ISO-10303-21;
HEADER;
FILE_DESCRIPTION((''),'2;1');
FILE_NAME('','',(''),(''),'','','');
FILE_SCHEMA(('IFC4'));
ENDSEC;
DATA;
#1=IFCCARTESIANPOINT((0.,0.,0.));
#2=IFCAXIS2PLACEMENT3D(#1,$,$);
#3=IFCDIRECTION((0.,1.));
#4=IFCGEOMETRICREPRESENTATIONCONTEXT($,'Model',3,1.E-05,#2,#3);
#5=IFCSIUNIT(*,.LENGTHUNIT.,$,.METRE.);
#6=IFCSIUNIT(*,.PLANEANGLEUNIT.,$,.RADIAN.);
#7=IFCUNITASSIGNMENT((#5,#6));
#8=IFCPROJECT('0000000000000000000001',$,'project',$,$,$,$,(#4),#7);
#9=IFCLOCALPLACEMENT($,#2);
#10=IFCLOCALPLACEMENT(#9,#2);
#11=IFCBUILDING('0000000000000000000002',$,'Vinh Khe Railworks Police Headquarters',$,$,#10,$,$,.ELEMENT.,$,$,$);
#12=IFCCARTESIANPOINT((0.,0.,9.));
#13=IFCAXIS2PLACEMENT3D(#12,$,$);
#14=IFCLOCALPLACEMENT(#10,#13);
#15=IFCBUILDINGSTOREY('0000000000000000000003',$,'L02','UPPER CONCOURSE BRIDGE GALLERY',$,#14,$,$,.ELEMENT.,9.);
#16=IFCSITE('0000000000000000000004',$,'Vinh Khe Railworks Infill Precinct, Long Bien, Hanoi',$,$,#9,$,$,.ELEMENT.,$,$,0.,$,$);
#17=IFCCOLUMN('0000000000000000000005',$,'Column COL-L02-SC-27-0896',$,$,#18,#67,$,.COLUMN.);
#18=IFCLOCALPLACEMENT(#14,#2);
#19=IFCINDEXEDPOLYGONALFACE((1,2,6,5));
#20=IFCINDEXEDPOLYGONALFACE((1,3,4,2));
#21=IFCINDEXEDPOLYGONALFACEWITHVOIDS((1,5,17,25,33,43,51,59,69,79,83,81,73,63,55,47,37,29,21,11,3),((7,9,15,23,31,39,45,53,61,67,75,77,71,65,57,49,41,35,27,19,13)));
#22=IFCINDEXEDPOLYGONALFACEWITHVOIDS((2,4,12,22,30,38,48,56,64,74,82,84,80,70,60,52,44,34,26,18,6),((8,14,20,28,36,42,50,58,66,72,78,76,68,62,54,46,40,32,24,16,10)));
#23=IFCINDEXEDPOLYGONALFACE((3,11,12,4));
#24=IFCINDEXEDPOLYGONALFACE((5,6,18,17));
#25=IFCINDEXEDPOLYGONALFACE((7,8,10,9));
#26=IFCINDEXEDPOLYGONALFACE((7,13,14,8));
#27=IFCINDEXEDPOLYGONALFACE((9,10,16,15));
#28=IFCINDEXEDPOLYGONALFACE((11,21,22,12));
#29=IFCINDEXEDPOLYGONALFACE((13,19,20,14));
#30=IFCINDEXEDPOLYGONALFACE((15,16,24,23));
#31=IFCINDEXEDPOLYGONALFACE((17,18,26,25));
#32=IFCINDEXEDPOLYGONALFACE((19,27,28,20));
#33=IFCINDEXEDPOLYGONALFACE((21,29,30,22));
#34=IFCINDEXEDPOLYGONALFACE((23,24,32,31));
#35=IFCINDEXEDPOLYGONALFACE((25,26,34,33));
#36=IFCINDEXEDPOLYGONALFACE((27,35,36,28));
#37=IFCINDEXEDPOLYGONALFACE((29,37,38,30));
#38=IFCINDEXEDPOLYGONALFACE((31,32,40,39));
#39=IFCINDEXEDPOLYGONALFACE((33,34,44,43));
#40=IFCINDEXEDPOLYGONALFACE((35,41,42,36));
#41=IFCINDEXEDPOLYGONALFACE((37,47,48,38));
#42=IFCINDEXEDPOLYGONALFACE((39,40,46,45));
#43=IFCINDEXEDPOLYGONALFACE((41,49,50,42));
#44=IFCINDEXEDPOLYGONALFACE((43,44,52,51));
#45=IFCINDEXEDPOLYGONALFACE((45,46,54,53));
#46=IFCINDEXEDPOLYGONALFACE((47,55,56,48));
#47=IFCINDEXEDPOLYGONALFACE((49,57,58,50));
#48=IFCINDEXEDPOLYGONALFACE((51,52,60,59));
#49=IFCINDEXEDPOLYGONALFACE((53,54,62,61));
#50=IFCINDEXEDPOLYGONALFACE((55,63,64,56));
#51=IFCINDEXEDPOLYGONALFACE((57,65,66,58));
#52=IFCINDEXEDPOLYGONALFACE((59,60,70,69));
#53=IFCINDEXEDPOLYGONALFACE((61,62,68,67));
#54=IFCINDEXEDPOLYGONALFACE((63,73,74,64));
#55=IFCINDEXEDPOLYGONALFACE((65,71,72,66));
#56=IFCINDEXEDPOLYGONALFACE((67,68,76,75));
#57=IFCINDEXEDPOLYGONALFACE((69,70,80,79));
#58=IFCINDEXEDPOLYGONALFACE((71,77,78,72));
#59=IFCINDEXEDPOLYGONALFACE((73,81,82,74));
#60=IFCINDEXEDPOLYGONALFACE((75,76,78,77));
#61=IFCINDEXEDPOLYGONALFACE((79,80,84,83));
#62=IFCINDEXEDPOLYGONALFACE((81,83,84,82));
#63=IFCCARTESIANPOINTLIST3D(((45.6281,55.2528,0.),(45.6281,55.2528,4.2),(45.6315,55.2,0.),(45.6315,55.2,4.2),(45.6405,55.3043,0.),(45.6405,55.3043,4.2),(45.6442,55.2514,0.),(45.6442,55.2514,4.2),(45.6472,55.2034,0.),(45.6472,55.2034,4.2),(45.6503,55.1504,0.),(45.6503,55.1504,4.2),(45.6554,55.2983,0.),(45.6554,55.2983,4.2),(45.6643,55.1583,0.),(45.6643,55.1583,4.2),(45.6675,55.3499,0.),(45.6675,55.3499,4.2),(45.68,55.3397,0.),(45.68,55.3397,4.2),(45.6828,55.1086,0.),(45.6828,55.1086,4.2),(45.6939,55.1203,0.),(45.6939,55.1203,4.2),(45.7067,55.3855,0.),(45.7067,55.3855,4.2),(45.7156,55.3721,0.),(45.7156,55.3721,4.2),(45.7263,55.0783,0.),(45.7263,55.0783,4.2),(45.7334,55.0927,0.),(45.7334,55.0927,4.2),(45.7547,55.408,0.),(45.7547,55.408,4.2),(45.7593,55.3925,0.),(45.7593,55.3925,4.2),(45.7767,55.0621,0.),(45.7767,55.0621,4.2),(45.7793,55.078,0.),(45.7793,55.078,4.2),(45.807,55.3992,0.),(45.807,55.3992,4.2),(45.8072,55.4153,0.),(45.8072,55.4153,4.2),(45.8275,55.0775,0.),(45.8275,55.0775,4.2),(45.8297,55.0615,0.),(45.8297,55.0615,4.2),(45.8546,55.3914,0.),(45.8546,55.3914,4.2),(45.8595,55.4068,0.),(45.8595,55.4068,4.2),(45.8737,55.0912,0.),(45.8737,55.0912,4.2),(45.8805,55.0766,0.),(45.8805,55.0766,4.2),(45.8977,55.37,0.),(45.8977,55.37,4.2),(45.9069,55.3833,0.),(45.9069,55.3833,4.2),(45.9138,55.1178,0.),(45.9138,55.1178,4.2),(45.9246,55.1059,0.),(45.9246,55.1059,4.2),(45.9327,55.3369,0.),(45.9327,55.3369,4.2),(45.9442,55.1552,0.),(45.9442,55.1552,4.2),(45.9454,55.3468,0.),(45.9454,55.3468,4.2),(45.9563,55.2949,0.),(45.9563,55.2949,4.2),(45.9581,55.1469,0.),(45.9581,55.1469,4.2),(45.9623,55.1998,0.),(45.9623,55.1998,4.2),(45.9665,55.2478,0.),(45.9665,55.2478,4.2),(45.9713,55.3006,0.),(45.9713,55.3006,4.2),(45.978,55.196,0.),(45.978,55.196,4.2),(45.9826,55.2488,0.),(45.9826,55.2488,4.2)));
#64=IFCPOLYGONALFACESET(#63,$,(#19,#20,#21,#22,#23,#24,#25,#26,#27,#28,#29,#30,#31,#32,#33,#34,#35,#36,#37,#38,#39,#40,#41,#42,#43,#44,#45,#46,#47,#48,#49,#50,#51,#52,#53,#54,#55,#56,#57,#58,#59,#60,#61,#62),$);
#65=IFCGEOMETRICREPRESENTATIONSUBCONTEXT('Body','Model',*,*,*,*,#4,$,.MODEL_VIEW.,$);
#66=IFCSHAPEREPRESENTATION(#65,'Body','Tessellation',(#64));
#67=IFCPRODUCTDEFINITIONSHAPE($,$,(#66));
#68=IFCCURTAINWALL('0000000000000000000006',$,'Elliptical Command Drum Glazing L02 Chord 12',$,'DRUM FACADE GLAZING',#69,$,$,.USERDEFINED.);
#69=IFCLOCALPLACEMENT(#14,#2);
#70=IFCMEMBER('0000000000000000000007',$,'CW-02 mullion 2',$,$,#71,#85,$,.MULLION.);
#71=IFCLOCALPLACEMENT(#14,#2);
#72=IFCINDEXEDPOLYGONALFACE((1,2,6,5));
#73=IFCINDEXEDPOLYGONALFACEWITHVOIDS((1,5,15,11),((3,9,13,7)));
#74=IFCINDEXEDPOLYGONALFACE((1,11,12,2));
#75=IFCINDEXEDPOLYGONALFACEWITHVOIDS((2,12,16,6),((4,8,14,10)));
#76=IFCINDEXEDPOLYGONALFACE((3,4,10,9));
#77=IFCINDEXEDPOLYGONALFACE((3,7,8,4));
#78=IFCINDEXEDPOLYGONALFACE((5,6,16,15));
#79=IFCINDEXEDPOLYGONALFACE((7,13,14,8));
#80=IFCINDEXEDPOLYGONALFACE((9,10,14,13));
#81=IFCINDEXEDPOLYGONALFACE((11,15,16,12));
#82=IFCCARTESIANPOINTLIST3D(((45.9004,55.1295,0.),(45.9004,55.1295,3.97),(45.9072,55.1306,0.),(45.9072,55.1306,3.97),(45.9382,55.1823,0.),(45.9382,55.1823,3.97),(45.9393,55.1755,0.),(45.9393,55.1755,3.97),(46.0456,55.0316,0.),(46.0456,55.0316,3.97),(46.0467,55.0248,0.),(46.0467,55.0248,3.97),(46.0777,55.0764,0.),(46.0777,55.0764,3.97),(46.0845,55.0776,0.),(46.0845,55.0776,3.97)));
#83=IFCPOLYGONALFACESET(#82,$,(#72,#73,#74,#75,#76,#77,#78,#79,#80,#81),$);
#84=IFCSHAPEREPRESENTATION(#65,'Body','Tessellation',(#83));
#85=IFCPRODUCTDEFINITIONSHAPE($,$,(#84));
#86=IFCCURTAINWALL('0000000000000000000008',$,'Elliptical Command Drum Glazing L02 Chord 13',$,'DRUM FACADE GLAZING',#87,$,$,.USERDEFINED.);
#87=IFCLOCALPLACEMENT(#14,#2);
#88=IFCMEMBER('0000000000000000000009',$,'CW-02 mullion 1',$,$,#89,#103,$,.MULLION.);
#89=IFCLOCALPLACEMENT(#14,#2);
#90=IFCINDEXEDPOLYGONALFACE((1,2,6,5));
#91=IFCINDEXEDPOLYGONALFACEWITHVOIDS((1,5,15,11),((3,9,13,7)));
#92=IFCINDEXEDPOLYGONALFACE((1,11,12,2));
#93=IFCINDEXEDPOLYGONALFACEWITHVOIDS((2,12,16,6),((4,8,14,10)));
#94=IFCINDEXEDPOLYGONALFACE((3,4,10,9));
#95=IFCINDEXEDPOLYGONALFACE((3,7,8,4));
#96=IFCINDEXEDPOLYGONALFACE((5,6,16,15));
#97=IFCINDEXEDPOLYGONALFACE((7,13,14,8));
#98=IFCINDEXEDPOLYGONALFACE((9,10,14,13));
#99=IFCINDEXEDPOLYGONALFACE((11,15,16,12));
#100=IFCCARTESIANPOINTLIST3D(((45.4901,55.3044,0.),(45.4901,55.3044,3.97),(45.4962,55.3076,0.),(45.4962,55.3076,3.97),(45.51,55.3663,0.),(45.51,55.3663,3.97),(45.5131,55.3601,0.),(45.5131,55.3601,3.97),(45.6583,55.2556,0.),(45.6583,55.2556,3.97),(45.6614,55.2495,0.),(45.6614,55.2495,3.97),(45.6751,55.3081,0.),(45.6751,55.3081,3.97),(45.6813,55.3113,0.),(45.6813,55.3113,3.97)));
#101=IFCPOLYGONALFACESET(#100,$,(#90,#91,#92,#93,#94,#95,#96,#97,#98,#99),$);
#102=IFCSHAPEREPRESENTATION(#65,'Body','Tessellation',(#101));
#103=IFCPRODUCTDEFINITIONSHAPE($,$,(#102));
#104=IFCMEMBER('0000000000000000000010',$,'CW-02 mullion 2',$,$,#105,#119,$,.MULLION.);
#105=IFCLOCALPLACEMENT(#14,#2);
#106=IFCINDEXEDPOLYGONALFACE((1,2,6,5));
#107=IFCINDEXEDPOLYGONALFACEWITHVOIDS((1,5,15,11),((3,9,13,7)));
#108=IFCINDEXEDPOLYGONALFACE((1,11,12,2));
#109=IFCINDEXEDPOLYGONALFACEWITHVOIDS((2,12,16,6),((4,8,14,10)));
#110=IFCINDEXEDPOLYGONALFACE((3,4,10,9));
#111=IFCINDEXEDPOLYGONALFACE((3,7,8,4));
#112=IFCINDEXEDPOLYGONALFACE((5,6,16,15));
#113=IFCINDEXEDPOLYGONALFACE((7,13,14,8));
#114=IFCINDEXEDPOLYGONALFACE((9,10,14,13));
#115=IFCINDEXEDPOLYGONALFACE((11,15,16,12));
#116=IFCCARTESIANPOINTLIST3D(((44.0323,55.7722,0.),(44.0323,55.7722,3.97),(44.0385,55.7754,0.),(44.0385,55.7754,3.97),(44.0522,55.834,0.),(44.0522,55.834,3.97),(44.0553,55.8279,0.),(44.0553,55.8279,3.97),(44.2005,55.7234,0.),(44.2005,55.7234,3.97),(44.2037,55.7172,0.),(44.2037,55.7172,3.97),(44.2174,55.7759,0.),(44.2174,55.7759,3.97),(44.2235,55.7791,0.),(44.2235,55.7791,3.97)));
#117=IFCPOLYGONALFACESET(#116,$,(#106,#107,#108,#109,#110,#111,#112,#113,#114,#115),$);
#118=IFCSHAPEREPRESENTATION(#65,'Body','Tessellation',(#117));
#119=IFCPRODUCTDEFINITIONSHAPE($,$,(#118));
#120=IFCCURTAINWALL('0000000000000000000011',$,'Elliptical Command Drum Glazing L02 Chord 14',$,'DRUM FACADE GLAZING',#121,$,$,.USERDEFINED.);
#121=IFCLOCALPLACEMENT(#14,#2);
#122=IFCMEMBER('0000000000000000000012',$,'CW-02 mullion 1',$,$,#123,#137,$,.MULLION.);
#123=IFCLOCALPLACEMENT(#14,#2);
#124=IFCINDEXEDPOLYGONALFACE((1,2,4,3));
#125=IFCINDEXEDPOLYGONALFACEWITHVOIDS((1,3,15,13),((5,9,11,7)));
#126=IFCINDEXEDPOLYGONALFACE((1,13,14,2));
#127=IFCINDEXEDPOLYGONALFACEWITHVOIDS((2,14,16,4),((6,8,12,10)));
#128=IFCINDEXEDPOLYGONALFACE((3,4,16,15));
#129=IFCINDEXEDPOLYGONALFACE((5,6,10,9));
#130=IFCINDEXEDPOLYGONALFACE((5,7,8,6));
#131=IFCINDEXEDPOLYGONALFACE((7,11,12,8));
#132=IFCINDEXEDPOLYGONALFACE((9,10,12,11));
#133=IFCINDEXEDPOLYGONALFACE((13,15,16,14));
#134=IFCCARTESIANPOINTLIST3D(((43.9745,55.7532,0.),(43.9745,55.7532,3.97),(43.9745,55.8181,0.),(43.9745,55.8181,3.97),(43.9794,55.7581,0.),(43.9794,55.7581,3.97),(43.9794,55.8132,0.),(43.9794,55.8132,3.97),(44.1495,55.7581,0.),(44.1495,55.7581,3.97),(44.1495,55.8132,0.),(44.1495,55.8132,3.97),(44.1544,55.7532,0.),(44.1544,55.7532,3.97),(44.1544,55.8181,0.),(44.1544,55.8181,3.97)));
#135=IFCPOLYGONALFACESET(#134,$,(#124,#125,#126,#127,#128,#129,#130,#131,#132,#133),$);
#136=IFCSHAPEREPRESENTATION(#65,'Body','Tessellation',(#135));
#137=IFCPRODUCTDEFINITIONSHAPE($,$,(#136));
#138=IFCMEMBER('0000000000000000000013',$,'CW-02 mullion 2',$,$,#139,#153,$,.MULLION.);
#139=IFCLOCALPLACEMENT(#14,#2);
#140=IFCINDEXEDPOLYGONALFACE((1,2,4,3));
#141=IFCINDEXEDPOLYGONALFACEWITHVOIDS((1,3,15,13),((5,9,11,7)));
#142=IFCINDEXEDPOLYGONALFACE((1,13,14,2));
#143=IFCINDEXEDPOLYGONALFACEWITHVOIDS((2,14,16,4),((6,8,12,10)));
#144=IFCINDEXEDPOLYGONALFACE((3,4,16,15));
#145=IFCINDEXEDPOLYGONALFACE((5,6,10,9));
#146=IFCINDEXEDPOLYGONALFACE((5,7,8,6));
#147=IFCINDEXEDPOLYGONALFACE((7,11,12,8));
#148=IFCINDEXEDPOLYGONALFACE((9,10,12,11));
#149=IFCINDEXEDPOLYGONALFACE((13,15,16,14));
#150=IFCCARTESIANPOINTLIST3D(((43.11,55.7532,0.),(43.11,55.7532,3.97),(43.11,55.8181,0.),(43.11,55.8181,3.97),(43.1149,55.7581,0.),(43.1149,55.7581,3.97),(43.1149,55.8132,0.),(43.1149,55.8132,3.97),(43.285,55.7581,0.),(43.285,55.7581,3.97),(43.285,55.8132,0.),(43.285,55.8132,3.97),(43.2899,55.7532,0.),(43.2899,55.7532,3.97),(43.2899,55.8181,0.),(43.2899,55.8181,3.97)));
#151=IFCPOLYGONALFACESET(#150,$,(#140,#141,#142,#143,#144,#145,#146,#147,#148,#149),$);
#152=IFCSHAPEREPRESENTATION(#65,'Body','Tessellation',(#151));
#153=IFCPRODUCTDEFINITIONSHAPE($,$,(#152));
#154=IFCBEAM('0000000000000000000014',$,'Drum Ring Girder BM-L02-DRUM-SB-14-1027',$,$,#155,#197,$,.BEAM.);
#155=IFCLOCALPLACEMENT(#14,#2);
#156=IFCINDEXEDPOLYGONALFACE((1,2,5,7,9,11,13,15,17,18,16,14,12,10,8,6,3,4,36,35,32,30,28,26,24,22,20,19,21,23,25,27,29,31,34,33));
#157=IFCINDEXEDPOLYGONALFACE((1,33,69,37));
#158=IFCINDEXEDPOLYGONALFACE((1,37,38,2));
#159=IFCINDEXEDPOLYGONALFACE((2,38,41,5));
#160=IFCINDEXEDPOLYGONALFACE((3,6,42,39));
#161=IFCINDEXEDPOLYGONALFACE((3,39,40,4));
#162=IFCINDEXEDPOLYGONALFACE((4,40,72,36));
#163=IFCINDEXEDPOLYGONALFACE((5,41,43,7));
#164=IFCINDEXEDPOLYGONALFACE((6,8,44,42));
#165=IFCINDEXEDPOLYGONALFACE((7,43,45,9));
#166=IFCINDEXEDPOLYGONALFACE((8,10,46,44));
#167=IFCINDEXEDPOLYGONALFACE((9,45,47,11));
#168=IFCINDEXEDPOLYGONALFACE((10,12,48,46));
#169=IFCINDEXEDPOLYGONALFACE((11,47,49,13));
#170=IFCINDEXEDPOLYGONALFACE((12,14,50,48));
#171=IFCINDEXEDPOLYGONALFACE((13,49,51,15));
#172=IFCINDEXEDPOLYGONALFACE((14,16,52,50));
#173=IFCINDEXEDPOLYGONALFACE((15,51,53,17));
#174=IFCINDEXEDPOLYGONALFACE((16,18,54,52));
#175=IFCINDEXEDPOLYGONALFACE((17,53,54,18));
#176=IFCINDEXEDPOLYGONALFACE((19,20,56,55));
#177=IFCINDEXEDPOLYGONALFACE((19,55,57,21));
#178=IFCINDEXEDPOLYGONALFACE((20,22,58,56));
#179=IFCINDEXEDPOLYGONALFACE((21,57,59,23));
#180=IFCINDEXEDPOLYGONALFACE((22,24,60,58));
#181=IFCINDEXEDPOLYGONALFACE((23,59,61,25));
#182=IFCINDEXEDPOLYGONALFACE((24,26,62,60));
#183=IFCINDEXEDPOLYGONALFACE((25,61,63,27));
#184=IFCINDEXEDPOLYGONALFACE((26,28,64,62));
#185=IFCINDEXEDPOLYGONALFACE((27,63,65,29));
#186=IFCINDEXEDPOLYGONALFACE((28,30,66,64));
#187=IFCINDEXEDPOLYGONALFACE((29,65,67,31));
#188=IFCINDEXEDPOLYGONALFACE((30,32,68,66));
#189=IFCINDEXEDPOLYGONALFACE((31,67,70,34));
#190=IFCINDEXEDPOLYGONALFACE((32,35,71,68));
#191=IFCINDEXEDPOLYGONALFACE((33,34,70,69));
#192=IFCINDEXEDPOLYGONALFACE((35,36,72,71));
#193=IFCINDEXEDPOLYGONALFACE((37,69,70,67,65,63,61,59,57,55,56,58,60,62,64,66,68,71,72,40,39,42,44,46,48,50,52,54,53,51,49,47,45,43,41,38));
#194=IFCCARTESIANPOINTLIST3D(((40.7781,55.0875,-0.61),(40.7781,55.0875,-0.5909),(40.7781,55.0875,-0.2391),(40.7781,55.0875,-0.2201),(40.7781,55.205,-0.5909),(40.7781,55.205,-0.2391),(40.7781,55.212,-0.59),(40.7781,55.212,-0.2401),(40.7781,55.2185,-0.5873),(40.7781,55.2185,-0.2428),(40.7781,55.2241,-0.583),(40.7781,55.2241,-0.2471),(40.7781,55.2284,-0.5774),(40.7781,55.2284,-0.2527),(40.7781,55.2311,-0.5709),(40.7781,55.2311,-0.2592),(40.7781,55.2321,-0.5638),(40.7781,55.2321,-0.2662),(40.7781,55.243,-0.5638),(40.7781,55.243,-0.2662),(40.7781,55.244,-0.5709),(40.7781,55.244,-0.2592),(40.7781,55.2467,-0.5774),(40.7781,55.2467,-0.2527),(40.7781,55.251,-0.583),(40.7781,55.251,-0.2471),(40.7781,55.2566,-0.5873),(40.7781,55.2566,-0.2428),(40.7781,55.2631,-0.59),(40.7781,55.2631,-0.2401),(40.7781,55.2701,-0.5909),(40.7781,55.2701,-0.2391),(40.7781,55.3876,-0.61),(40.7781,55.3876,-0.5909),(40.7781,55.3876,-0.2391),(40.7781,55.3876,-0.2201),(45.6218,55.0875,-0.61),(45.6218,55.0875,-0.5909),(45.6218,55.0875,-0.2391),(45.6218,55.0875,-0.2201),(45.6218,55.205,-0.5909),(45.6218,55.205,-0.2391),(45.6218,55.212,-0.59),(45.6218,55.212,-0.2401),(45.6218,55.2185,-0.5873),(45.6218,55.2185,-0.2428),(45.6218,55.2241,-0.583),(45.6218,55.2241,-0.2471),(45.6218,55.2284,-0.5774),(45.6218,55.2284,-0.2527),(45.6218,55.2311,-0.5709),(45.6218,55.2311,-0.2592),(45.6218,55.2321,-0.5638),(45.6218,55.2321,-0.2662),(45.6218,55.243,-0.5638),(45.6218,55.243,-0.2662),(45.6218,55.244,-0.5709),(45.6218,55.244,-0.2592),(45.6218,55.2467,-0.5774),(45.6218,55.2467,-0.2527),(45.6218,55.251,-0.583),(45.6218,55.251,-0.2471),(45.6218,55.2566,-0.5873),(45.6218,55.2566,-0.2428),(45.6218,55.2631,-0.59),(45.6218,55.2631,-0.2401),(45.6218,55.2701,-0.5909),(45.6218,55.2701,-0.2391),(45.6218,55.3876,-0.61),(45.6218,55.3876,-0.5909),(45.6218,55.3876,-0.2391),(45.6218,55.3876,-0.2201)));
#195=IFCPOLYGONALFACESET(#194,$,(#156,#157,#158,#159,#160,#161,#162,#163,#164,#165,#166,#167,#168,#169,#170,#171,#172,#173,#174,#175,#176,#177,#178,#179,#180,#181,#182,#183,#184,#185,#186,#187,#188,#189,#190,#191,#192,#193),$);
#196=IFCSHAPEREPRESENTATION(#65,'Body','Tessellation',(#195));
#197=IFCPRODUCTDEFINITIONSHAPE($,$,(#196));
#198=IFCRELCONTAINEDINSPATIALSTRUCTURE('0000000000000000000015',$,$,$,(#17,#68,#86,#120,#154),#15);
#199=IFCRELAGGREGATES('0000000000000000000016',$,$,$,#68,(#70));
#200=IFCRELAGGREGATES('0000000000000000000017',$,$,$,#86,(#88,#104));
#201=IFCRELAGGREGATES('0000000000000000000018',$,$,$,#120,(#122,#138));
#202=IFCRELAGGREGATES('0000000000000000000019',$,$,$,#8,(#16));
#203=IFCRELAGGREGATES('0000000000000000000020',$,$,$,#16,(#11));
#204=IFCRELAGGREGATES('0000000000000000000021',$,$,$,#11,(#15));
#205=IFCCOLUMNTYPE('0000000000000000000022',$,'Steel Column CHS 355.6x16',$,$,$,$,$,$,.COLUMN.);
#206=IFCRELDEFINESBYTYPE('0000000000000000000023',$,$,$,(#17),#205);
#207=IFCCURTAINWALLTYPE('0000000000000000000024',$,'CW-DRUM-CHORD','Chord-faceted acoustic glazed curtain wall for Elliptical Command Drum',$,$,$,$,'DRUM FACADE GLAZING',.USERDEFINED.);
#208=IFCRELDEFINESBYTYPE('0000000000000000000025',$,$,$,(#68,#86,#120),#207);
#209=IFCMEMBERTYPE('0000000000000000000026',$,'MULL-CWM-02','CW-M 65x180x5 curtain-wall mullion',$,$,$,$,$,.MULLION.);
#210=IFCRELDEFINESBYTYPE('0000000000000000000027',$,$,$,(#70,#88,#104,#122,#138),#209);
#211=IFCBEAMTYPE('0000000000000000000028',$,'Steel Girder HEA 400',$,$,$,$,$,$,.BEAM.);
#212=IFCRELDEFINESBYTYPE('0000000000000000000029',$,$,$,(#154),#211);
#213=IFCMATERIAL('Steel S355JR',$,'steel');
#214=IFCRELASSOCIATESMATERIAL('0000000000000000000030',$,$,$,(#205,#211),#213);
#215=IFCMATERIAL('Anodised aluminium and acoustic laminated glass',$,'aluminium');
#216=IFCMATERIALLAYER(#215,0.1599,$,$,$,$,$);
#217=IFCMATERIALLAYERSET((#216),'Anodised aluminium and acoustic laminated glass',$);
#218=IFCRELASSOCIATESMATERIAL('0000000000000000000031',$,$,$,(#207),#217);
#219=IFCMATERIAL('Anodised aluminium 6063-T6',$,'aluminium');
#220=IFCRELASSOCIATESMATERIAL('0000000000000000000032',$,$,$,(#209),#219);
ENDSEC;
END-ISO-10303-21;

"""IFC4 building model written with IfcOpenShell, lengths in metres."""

from ifc_helpers import new_model, si_unit, direction, frame, origin, origin_2d, place, context, subcontext, project, spatial, hollow_rectangle, hollow_circle, i_section, extrude, material, layer, layer_set, material_profile, profile_set, type_object, element, aggregate, save


model = new_model("IFC4")

# Units and contexts
model_context = context("Model", 3, precision=1e-05, world=origin(), true_north=direction((0.0, 1.0)))
body_context = subcontext(model_context, "Body", "Model", "MODEL_VIEW")
ifc_project = project(units=[si_unit("LENGTHUNIT", "METRE"), si_unit("PLANEANGLEUNIT", "RADIAN")], contexts=[model_context])

# Site, building, storey
site_placement = place(None, origin())
site = spatial("IfcSite", under=ifc_project, at=site_placement, Name="Vinh Khe Railworks Infill Precinct, Long Bien, Hanoi", CompositionType="ELEMENT", RefElevation=0.0)
building_placement = place(site_placement, origin())
building = spatial("IfcBuilding", under=site, at=building_placement, Name="Vinh Khe Railworks Police Headquarters", CompositionType="ELEMENT")
storey_placement = place(building_placement, frame((0.0, 0.0, 9.0)))
storey = spatial("IfcBuildingStorey", under=building, at=storey_placement, Name="L02", Description="UPPER CONCOURSE BRIDGE GALLERY", CompositionType="ELEMENT", Elevation=9.0)

# Column
ifc_material_1 = material(Name="Steel S355JR", Category="steel")
ifc_material_profile_1 = material_profile(ifc_material_1, hollow_circle(Radius=0.1777, WallThickness=0.0161, at=origin_2d()), Name="CHS 355.6x16")
ifc_profile_set_1 = profile_set([ifc_material_profile_1], Name="Steel S355JR")
column_type = type_object("IfcColumnType", Name="Steel Column CHS 355.6x16", PredefinedType="COLUMN", material=ifc_profile_set_1)
column_placement = place(storey_placement, frame((45.8052, 55.2375, 0.0), z_axis=(0.0, 0.0, 1.0), x_axis=(0.305529, 0.952183, 0.0)))
element("IfcColumn", 1, at=column_placement, inside=storey, type_object=column_type, Name="Column COL-L02-SC-27-0896", PredefinedType="COLUMN", context=body_context, shape_type="SweptSolid", body=[
    extrude(hollow_circle(Radius=0.1777, WallThickness=0.0161, at=origin_2d()), origin(), (0.0, 0.0, 1.0), 4.2),
])

# Curtain wall, member
ifc_material_2 = material(Name="Anodised aluminium and acoustic laminated glass", Category="aluminium")
ifc_layer_1 = layer(ifc_material_2, 0.1599)
ifc_layer_set_1 = layer_set([ifc_layer_1], Name="Anodised aluminium and acoustic laminated glass")
curtain_wall_type = type_object("IfcCurtainWallType", Name="CW-DRUM-CHORD", Description="Chord-faceted acoustic glazed curtain wall for Elliptical Command Drum", ElementType="DRUM FACADE GLAZING", PredefinedType="USERDEFINED", material=ifc_layer_set_1)
curtain_wall_1_placement = place(storey_placement, origin())
curtain_wall_1 = element("IfcCurtainWall", 2, at=curtain_wall_1_placement, inside=storey, type_object=curtain_wall_type, Name="Elliptical Command Drum Glazing L02 Chord 12", ObjectType="DRUM FACADE GLAZING", PredefinedType="USERDEFINED")
ifc_material_3 = material(Name="Anodised aluminium 6063-T6", Category="aluminium")
ifc_material_profile_2 = material_profile(ifc_material_3, hollow_rectangle(XDim=0.0649, YDim=0.1799, WallThickness=0.0049, at=origin_2d()), Name="CW-M 65x180x5")
ifc_profile_set_2 = profile_set([ifc_material_profile_2], Name="Anodised aluminium 6063-T6")
member_type_1 = type_object("IfcMemberType", Name="MULL-CWM-02", Description="CW-M 65x180x5 curtain-wall mullion", PredefinedType="MULLION", material=ifc_profile_set_2)
member_1_placement = place(storey_placement, frame((45.9924, 55.1035, 0.0), z_axis=(0.0, 0.0, 1.0), x_axis=(-0.581915, -0.813249, 0.0)))
member_1 = element("IfcMember", 3, at=member_1_placement, type_object=member_type_1, Name="CW-02 mullion 2", PredefinedType="MULLION", context=body_context, shape_type="SweptSolid", body=[
    extrude(hollow_rectangle(XDim=0.0649, YDim=0.1799, WallThickness=0.0049, at=origin_2d()), origin(), (0.0, 0.0, 1.0), 3.97),
])
aggregate(curtain_wall_1, [member_1])

# Curtain walls, members
curtain_wall_2_placement = place(storey_placement, origin())
curtain_wall_2 = element("IfcCurtainWall", 4, at=curtain_wall_2_placement, inside=storey, type_object=curtain_wall_type, Name="Elliptical Command Drum Glazing L02 Chord 13", ObjectType="DRUM FACADE GLAZING", PredefinedType="USERDEFINED")
member_2_placement = place(storey_placement, frame((45.5857, 55.3079, 0.0), z_axis=(0.0, 0.0, 1.0), x_axis=(-0.305575, -0.952168, 0.0)))
member_2 = element("IfcMember", 5, at=member_2_placement, type_object=member_type_1, Name="CW-02 mullion 1", PredefinedType="MULLION", context=body_context, shape_type="SweptSolid", body=[
    extrude(hollow_rectangle(XDim=0.0649, YDim=0.1799, WallThickness=0.0049, at=origin_2d()), origin(), (0.0, 0.0, 1.0), 3.97),
])
member_3_placement = place(storey_placement, frame((44.1279, 55.7756, 0.0), z_axis=(0.0, 0.0, 1.0), x_axis=(-0.305575, -0.952168, 0.0)))
member_3 = element("IfcMember", 6, at=member_3_placement, type_object=member_type_1, Name="CW-02 mullion 2", PredefinedType="MULLION", context=body_context, shape_type="SweptSolid", body=[
    extrude(hollow_rectangle(XDim=0.0649, YDim=0.1799, WallThickness=0.0049, at=origin_2d()), origin(), (0.0, 0.0, 1.0), 3.97),
])
curtain_wall_3_placement = place(storey_placement, origin())
curtain_wall_3 = element("IfcCurtainWall", 7, at=curtain_wall_3_placement, inside=storey, type_object=curtain_wall_type, Name="Elliptical Command Drum Glazing L02 Chord 14", ObjectType="DRUM FACADE GLAZING", PredefinedType="USERDEFINED")
member_4_placement = place(storey_placement, frame((44.0645, 55.7856, 0.0), z_axis=(0.0, 0.0, 1.0), x_axis=(0.0, -1.0, 0.0)))
member_4 = element("IfcMember", 8, at=member_4_placement, type_object=member_type_1, Name="CW-02 mullion 1", PredefinedType="MULLION", context=body_context, shape_type="SweptSolid", body=[
    extrude(hollow_rectangle(XDim=0.0649, YDim=0.1799, WallThickness=0.0049, at=origin_2d()), origin(), (0.0, 0.0, 1.0), 3.97),
])
member_5_placement = place(storey_placement, frame((43.2, 55.7856, 0.0), z_axis=(0.0, 0.0, 1.0), x_axis=(0.0, -1.0, 0.0)))
member_5 = element("IfcMember", 9, at=member_5_placement, type_object=member_type_1, Name="CW-02 mullion 2", PredefinedType="MULLION", context=body_context, shape_type="SweptSolid", body=[
    extrude(hollow_rectangle(XDim=0.0649, YDim=0.1799, WallThickness=0.0049, at=origin_2d()), origin(), (0.0, 0.0, 1.0), 3.97),
])

# Beam
ifc_material_profile_3 = material_profile(ifc_material_1, i_section(OverallWidth=0.3, OverallDepth=0.3899, WebThickness=0.011, FlangeThickness=0.019, FilletRadius=0.0271, at=origin_2d()), Name="HEA 400")
ifc_profile_set_3 = profile_set([ifc_material_profile_3], Name="Steel S355JR")
beam_type = type_object("IfcBeamType", Name="Steel Girder HEA 400", PredefinedType="BEAM", material=ifc_profile_set_3)
beam_placement = place(storey_placement, frame((45.6218, 55.2375, -0.415), z_axis=(-1.0, 0.0, 0.0), x_axis=(0.0, -1.0, 0.0)))
element("IfcBeam", 10, at=beam_placement, inside=storey, type_object=beam_type, Name="Drum Ring Girder BM-L02-DRUM-SB-14-1027", PredefinedType="BEAM", context=body_context, shape_type="SweptSolid", body=[
    extrude(i_section(OverallWidth=0.3, OverallDepth=0.3899, WebThickness=0.011, FlangeThickness=0.019, FilletRadius=0.0271, at=origin_2d()), origin(), (0.0, 0.0, 1.0), 4.8438),
])

aggregate(curtain_wall_2, [member_2, member_3])
aggregate(curtain_wall_3, [member_4, member_5])

save(model, "model.ifc")
